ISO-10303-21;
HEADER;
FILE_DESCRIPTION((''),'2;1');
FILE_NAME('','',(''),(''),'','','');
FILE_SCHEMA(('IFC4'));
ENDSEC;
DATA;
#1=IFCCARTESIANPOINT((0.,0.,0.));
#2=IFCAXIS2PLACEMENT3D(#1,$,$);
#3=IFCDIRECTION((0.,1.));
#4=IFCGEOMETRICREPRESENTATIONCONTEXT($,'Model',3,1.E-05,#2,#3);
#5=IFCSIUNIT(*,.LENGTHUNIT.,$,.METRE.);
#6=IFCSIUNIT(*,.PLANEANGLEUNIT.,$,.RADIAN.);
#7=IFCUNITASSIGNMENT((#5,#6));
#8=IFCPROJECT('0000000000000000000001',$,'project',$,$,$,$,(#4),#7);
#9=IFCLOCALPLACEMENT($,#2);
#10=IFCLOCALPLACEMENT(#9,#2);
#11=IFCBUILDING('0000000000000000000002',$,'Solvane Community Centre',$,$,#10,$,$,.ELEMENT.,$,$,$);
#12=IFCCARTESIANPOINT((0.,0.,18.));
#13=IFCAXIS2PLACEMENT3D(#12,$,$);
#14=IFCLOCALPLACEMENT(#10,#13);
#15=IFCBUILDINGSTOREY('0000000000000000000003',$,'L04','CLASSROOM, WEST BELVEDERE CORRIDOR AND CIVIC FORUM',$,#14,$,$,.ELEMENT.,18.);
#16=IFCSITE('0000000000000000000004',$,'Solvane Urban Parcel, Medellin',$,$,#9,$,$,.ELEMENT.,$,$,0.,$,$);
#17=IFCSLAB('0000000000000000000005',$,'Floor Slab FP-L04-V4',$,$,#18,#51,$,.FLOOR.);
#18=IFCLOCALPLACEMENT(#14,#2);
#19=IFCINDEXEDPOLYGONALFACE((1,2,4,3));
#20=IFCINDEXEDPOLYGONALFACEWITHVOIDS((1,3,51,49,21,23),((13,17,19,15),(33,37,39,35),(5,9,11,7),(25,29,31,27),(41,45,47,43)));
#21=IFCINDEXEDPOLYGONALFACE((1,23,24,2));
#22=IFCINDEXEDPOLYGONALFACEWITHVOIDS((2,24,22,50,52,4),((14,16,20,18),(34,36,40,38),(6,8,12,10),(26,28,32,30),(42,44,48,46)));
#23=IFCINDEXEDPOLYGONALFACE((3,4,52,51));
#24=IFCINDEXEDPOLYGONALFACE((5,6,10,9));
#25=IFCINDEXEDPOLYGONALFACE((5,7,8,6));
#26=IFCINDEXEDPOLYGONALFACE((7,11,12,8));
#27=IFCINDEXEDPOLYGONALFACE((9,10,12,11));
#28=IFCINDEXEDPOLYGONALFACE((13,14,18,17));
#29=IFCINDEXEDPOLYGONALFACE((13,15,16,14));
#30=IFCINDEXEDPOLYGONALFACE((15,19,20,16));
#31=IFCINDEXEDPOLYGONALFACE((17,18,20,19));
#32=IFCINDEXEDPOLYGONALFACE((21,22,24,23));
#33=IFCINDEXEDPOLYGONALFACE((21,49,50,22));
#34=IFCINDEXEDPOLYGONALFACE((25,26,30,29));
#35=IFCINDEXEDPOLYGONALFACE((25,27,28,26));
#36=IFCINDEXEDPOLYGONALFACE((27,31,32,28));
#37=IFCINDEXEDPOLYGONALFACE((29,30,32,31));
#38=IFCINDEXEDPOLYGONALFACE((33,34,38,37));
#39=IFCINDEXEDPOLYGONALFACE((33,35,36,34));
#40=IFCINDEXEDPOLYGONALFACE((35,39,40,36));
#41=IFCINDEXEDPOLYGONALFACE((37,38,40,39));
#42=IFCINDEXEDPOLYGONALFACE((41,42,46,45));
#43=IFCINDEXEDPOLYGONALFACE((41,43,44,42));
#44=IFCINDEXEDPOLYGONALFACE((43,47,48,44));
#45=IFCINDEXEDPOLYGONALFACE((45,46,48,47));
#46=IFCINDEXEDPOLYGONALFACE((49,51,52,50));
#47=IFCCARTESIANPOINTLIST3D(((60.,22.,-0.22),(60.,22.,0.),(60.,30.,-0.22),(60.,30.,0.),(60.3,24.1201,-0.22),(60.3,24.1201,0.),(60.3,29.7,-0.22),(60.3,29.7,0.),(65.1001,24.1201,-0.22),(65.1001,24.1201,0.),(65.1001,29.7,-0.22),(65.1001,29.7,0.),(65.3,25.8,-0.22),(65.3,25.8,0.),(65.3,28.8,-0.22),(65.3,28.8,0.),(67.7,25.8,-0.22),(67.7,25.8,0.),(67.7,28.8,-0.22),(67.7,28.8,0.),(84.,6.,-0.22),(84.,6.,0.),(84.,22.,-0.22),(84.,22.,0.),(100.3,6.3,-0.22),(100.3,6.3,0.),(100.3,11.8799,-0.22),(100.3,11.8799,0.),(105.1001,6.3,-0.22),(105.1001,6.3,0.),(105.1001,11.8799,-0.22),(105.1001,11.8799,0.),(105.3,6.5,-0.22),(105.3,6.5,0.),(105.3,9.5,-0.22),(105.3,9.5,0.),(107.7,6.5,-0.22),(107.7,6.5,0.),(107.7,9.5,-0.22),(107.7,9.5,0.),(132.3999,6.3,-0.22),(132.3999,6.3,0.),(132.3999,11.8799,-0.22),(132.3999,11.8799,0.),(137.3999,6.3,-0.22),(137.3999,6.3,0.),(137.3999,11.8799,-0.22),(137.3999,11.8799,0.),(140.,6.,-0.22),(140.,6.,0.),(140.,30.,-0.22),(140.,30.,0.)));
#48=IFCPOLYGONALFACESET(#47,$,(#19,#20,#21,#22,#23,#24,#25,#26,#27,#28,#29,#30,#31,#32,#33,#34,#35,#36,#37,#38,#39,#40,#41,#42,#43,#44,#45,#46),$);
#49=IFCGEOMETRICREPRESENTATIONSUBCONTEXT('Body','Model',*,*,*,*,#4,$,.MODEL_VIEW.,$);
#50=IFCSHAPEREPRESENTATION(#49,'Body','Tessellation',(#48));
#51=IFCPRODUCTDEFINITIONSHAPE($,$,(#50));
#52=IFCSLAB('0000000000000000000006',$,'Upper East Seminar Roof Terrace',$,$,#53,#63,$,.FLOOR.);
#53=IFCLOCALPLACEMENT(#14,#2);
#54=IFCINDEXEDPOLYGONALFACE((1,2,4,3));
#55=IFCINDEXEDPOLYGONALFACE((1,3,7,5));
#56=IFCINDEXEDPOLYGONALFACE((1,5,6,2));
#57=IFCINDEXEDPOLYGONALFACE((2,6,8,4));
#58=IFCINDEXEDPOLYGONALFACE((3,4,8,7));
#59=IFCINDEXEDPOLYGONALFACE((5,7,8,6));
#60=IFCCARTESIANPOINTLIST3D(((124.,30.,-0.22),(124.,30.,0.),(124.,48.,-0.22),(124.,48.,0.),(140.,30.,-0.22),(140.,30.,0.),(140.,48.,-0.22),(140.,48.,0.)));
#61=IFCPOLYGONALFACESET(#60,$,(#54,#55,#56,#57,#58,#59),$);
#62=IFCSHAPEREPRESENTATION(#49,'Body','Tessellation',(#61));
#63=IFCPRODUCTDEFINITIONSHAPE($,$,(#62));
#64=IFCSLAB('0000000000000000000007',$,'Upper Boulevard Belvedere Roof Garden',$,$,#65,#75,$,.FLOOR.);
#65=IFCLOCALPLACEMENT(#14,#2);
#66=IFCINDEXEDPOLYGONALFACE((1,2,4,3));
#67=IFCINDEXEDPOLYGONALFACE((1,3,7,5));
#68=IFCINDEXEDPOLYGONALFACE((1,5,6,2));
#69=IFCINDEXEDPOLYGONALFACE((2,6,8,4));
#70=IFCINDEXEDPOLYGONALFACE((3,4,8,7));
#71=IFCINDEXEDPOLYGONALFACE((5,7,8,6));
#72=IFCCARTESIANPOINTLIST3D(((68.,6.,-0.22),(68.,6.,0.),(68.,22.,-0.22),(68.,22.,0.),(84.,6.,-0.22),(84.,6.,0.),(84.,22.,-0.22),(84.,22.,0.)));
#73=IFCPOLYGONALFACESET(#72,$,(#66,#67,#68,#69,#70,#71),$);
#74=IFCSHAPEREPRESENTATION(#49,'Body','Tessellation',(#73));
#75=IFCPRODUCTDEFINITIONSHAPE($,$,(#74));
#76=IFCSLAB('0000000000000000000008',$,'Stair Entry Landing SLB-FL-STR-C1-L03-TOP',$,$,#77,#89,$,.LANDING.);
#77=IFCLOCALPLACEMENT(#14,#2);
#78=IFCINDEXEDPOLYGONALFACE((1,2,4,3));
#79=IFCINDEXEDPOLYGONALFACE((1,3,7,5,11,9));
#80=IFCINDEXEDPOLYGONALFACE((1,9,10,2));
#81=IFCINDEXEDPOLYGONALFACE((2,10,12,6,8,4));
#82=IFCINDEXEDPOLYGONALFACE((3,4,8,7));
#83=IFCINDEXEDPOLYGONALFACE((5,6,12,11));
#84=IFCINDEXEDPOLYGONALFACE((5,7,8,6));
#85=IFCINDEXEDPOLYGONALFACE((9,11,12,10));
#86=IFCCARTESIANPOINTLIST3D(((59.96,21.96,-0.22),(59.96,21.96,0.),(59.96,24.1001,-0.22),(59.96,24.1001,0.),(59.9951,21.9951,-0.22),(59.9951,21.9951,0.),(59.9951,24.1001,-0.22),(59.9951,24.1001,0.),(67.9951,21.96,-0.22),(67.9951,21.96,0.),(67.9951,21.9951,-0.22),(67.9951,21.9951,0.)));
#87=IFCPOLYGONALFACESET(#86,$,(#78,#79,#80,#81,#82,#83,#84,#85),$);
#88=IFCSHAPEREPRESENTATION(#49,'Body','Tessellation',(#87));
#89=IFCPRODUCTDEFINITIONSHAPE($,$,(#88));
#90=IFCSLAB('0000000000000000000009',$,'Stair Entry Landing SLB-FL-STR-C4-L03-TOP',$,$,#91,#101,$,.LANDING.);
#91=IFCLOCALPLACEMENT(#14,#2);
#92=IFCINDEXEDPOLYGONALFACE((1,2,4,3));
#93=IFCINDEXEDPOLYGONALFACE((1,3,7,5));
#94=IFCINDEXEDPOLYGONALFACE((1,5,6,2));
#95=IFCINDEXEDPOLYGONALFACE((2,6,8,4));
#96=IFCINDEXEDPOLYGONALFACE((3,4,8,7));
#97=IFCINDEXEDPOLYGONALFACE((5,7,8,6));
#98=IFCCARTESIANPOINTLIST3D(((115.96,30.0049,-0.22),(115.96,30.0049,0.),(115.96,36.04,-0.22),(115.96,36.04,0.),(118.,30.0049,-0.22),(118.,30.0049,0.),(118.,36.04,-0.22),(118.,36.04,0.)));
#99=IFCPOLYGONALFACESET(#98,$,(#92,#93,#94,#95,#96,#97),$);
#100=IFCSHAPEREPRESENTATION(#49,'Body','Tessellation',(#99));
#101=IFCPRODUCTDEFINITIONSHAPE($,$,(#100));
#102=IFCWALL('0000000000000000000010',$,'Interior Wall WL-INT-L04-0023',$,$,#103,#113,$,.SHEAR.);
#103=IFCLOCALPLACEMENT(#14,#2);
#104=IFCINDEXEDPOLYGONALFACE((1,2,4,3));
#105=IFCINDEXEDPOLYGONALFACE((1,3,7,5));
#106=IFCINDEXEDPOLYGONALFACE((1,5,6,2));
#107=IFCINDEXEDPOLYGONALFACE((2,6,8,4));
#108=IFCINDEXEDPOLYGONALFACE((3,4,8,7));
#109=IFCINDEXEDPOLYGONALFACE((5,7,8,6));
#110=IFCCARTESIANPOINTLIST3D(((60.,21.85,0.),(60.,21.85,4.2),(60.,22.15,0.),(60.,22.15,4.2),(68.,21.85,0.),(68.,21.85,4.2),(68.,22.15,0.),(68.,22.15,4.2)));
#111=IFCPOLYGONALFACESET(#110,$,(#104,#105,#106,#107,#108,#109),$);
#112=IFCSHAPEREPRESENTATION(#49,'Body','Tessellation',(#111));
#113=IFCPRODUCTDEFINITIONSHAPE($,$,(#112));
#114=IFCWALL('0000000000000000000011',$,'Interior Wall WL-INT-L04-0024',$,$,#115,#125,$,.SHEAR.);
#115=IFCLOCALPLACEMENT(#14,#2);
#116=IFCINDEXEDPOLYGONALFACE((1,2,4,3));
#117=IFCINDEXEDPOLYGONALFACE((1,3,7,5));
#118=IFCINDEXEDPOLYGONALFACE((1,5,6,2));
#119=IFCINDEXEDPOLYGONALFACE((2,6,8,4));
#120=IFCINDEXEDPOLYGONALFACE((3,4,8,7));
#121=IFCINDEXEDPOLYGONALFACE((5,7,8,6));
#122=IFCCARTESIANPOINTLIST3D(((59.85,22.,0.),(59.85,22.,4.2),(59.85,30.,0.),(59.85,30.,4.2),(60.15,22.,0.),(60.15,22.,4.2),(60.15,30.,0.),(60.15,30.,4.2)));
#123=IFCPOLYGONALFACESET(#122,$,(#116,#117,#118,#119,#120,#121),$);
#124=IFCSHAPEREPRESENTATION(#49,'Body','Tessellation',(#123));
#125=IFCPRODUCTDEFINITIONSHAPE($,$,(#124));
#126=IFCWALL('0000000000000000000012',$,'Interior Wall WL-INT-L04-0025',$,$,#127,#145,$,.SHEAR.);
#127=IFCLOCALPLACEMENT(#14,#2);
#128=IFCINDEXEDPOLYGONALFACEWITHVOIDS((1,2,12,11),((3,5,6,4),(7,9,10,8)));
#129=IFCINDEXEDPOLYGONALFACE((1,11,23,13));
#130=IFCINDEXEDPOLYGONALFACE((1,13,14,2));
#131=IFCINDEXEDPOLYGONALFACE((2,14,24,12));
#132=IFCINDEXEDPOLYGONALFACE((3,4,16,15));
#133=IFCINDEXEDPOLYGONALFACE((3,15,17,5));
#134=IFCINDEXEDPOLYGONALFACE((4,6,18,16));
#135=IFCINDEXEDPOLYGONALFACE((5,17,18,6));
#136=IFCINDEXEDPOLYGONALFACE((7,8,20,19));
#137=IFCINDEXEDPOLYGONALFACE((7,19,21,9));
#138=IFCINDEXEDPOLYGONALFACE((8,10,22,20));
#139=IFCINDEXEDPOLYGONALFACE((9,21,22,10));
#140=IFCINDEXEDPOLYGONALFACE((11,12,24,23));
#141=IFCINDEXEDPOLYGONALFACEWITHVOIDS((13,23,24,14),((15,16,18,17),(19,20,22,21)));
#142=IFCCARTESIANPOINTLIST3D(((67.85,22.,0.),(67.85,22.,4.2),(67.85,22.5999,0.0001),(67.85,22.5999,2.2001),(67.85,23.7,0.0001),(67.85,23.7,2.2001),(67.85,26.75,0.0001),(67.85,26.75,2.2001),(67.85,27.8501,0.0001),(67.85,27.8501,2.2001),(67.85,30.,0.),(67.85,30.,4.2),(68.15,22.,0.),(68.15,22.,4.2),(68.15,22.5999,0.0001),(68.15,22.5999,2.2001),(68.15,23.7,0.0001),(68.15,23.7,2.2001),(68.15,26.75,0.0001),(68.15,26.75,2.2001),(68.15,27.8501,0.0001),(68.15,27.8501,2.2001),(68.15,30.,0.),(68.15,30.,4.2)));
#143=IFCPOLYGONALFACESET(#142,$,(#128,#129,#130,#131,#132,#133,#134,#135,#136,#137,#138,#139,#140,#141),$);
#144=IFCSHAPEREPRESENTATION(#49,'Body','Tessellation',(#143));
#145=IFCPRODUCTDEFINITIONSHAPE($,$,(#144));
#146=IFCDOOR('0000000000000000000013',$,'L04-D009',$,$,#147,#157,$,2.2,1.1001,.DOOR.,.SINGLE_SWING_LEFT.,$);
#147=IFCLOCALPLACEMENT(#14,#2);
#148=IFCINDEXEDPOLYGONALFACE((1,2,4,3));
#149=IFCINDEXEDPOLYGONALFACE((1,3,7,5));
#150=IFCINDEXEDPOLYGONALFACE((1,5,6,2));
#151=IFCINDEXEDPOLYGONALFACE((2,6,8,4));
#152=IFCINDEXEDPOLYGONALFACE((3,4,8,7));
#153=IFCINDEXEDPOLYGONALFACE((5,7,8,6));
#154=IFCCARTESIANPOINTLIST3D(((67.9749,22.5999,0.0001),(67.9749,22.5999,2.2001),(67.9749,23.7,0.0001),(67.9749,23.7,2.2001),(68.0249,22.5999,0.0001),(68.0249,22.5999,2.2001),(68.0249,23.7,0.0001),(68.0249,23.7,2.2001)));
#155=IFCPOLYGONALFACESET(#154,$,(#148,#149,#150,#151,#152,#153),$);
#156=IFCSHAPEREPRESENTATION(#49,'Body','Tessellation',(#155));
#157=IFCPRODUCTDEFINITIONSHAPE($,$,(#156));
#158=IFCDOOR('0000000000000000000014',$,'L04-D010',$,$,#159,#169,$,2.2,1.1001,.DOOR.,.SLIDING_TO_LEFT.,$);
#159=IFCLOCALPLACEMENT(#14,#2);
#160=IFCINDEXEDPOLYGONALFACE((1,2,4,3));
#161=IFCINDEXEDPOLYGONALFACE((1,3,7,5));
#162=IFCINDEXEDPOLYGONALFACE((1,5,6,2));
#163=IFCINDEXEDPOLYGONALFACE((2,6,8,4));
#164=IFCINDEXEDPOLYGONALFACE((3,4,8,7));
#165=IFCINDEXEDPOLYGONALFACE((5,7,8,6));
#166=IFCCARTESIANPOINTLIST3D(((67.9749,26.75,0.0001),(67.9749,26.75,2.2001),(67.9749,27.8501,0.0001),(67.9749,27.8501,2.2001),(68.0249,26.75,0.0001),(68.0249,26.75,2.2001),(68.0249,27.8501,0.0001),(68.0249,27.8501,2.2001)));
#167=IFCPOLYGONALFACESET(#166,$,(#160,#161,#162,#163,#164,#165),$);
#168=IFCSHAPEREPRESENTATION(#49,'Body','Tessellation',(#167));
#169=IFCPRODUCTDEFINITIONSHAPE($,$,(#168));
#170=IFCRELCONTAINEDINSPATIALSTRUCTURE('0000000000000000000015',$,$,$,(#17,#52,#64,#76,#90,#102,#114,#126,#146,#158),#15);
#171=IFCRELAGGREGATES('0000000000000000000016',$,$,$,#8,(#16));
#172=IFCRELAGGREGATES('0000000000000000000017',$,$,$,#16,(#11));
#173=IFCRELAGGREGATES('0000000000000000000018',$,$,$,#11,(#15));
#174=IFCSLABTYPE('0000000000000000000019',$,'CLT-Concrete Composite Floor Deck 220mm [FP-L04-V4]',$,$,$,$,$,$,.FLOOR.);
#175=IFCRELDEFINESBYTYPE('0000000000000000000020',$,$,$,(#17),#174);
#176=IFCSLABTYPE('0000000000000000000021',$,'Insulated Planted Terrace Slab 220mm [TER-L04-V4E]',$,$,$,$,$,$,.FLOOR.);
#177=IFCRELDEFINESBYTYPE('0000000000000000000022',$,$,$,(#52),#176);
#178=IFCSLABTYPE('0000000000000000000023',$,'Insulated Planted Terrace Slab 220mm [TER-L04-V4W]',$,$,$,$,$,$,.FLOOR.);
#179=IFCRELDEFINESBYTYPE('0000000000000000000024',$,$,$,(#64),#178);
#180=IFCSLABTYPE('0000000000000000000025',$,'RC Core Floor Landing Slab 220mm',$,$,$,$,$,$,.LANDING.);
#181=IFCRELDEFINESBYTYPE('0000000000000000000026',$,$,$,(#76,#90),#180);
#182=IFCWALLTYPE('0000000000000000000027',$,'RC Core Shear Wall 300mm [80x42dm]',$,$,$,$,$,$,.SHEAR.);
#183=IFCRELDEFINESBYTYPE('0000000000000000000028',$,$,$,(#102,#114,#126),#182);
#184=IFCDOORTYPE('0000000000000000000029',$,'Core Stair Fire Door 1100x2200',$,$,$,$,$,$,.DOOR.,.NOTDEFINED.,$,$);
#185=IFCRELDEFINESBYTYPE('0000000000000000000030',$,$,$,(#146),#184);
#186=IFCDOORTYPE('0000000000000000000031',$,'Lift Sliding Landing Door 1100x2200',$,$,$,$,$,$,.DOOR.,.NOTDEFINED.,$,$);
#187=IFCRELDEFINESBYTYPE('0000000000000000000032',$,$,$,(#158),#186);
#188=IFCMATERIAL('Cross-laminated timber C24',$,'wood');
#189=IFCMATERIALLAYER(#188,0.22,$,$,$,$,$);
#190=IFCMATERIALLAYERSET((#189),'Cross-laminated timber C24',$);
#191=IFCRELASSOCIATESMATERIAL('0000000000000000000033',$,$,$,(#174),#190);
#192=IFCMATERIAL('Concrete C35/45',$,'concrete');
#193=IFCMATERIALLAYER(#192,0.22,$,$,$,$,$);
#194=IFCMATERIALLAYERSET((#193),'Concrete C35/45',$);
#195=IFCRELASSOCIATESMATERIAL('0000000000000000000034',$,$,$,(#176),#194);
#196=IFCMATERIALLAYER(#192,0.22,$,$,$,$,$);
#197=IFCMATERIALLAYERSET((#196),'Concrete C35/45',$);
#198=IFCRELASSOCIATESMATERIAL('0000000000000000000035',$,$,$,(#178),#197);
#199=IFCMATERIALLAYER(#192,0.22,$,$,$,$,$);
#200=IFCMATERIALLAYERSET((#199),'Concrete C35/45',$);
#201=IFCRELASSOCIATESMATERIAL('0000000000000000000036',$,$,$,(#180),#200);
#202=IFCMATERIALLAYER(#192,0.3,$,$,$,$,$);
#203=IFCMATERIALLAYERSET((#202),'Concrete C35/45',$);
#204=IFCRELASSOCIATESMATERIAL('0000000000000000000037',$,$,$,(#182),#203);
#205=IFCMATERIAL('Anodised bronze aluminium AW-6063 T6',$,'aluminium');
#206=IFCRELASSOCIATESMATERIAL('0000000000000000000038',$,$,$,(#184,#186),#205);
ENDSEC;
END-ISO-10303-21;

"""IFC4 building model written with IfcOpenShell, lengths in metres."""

from ifc_helpers import new_model, si_unit, direction, frame, frame_2d, origin, place, context, subcontext, project, spatial, polyline, rectangle, outline, extrude, material, layer, layer_set, type_object, element, fill, save


model = new_model("IFC4")

# Units and contexts
model_context = context("Model", 3, precision=1e-05, world=origin(), true_north=direction((0.0, 1.0)))
body_context = subcontext(model_context, "Body", "Model", "MODEL_VIEW")
ifc_project = project(units=[si_unit("LENGTHUNIT", "METRE"), si_unit("PLANEANGLEUNIT", "RADIAN")], contexts=[model_context])

# Site, building, storey
site_placement = place(None, origin())
site = spatial("IfcSite", under=ifc_project, at=site_placement, Name="Solvane Urban Parcel, Medellin", CompositionType="ELEMENT", RefElevation=0.0)
building_placement = place(site_placement, origin())
building = spatial("IfcBuilding", under=site, at=building_placement, Name="Solvane Community Centre", CompositionType="ELEMENT")
storey_placement = place(building_placement, frame((0.0, 0.0, 18.0)))
storey = spatial("IfcBuildingStorey", under=building, at=storey_placement, Name="L04", Description="CLASSROOM, WEST BELVEDERE CORRIDOR AND CIVIC FORUM", CompositionType="ELEMENT", Elevation=18.0)

# Shared definitions
ifc_material_1 = material(Name="Concrete C35/45", Category="concrete")

# Slabs
ifc_material_2 = material(Name="Cross-laminated timber C24", Category="wood")
ifc_layer_1 = layer(ifc_material_2, 0.22)
ifc_layer_set_1 = layer_set([ifc_layer_1], Name="Cross-laminated timber C24")
slab_type_1 = type_object("IfcSlabType", Name="CLT-Concrete Composite Floor Deck 220mm [FP-L04-V4]", PredefinedType="FLOOR", material=ifc_layer_set_1)
slab_1_placement = place(storey_placement, frame((0.0, 0.0, -0.22)))
element("IfcSlab", 1, at=slab_1_placement, inside=storey, type_object=slab_type_1, Name="Floor Slab FP-L04-V4", PredefinedType="FLOOR", context=body_context, shape_type="SweptSolid", body=[
    extrude(outline(polyline([(60.0, 22.0), (84.0, 22.0), (84.0, 6.0), (140.0, 6.0), (140.0, 30.0), (60.0, 30.0), (60.0, 22.0)]), holes=[polyline([(60.3, 24.1201), (65.1001, 24.1201), (65.1001, 29.7), (60.3, 29.7), (60.3, 24.1201)]), polyline([(65.3, 25.8), (67.7, 25.8), (67.7, 28.8), (65.3, 28.8), (65.3, 25.8)]), polyline([(100.3, 6.3), (105.1001, 6.3), (105.1001, 11.8799), (100.3, 11.8799), (100.3, 6.3)]), polyline([(105.3, 6.5), (107.7, 6.5), (107.7, 9.5), (105.3, 9.5), (105.3, 6.5)]), polyline([(132.3999, 6.3), (137.3999, 6.3), (137.3999, 11.8799), (132.3999, 11.8799), (132.3999, 6.3)])]), origin(), (0.0, 0.0, 1.0), 0.22),
])
ifc_layer_2 = layer(ifc_material_1, 0.22)
ifc_layer_set_2 = layer_set([ifc_layer_2], Name="Concrete C35/45")
slab_type_2 = type_object("IfcSlabType", Name="Insulated Planted Terrace Slab 220mm [TER-L04-V4E]", PredefinedType="FLOOR", material=ifc_layer_set_2)
slab_2_placement = place(storey_placement, frame((0.0, 0.0, -0.22)))
element("IfcSlab", 2, at=slab_2_placement, inside=storey, type_object=slab_type_2, Name="Upper East Seminar Roof Terrace", PredefinedType="FLOOR", context=body_context, shape_type="SweptSolid", body=[
    extrude(outline(polyline([(124.0, 30.0), (140.0, 30.0), (140.0, 48.0), (124.0, 48.0), (124.0, 30.0)])), origin(), (0.0, 0.0, 1.0), 0.22),
])
ifc_layer_3 = layer(ifc_material_1, 0.22)
ifc_layer_set_3 = layer_set([ifc_layer_3], Name="Concrete C35/45")
slab_type_3 = type_object("IfcSlabType", Name="Insulated Planted Terrace Slab 220mm [TER-L04-V4W]", PredefinedType="FLOOR", material=ifc_layer_set_3)
slab_3_placement = place(storey_placement, frame((0.0, 0.0, -0.22)))
element("IfcSlab", 3, at=slab_3_placement, inside=storey, type_object=slab_type_3, Name="Upper Boulevard Belvedere Roof Garden", PredefinedType="FLOOR", context=body_context, shape_type="SweptSolid", body=[
    extrude(outline(polyline([(68.0, 6.0), (84.0, 6.0), (84.0, 22.0), (68.0, 22.0), (68.0, 6.0)])), origin(), (0.0, 0.0, 1.0), 0.22),
])
ifc_layer_4 = layer(ifc_material_1, 0.22)
ifc_layer_set_4 = layer_set([ifc_layer_4], Name="Concrete C35/45")
slab_type_4 = type_object("IfcSlabType", Name="RC Core Floor Landing Slab 220mm", PredefinedType="LANDING", material=ifc_layer_set_4)
slab_4_placement = place(storey_placement, frame((0.0, 0.0, -0.22)))
element("IfcSlab", 4, at=slab_4_placement, inside=storey, type_object=slab_type_4, Name="Stair Entry Landing SLB-FL-STR-C1-L03-TOP", PredefinedType="LANDING", context=body_context, shape_type="SweptSolid", body=[
    extrude(outline(polyline([(59.96, 21.96), (59.96, 24.1001), (59.9951, 24.1001), (59.9951, 21.9951), (67.9951, 21.9951), (67.9951, 21.96), (59.96, 21.96)])), origin(), (0.0, 0.0, 1.0), 0.22),
])
slab_5_placement = place(storey_placement, frame((0.0, 0.0, -0.22)))
element("IfcSlab", 5, at=slab_5_placement, inside=storey, type_object=slab_type_4, Name="Stair Entry Landing SLB-FL-STR-C4-L03-TOP", PredefinedType="LANDING", context=body_context, shape_type="SweptSolid", body=[
    extrude(outline(polyline([(115.96, 36.04), (118.0, 36.04), (118.0, 30.0049), (115.96, 30.0049), (115.96, 36.04)])), origin(), (0.0, 0.0, 1.0), 0.22),
])

# Walls
ifc_layer_5 = layer(ifc_material_1, 0.3)
ifc_layer_set_5 = layer_set([ifc_layer_5], Name="Concrete C35/45")
wall_type_1 = type_object("IfcWallType", Name="RC Core Shear Wall 300mm [80x42dm]", PredefinedType="SHEAR", material=ifc_layer_set_5)
for number, where, z_axis, x_axis, name in (
    (6, (68.0, 22.0, 0.0), (0.0, 0.0, 1.0), (-1.0, 0.0, 0.0), "Interior Wall WL-INT-L04-0023"),
    (7, (60.0, 22.0, 0.0), (0.0, 0.0, 1.0), (0.0, 1.0, 0.0), "Interior Wall WL-INT-L04-0024"),
):
    element("IfcWall", number, at=place(storey_placement, frame(where, z_axis=z_axis, x_axis=x_axis)), inside=storey, type_object=wall_type_1, Name=name, PredefinedType="SHEAR", context=body_context, shape_type="SweptSolid", body=[
        extrude(rectangle(XDim=8.0, YDim=0.3, at=frame_2d((4.0, 0.0))), origin(), (0.0, 0.0, 1.0), 4.2),
    ])

# Wall, openings, doors
wall_1_placement = place(storey_placement, frame((68.0, 30.0, 0.0), z_axis=(0.0, 0.0, 1.0), x_axis=(0.0, -1.0, 0.0)))
wall_1 = element("IfcWall", 8, at=wall_1_placement, inside=storey, type_object=wall_type_1, Name="Interior Wall WL-INT-L04-0025", PredefinedType="SHEAR", context=body_context, shape_type="SweptSolid", body=[
    extrude(rectangle(XDim=8.0, YDim=0.3, at=frame_2d((4.0, 0.0))), origin(), (0.0, 0.0, 1.0), 4.2),
])
opening_1_placement = place(wall_1_placement, frame((6.3, 0.0, 0.0)))
opening_1 = element("IfcOpeningElement", 9, at=opening_1_placement, cuts=wall_1, PredefinedType="OPENING", context=body_context, shape_type="SweptSolid", body=[
    extrude(rectangle(XDim=1.1001, YDim=2.2, at=frame_2d((0.55, 1.1001))), frame((0.0, 0.1599, 0.0), z_axis=(0.0, -1.0, 0.0), x_axis=(1.0, 0.0, 0.0)), (0.0, 0.0, 1.0), 0.3201),
])
opening_2_placement = place(wall_1_placement, frame((2.1499, 0.0, 0.0)))
opening_2 = element("IfcOpeningElement", 10, at=opening_2_placement, cuts=wall_1, PredefinedType="OPENING", context=body_context, shape_type="SweptSolid", body=[
    extrude(rectangle(XDim=1.1001, YDim=2.2, at=frame_2d((0.55, 1.1001))), frame((0.0, 0.1599, 0.0), z_axis=(0.0, -1.0, 0.0), x_axis=(1.0, 0.0, 0.0)), (0.0, 0.0, 1.0), 0.3201),
])
ifc_material_3 = material(Name="Anodised bronze aluminium AW-6063 T6", Category="aluminium")
door_type_1 = type_object("IfcDoorType", Name="Core Stair Fire Door 1100x2200", OperationType="NOTDEFINED", PredefinedType="DOOR", material=ifc_material_3)
door_1_placement = place(opening_1_placement, origin())
door_1 = element("IfcDoor", 11, at=door_1_placement, inside=storey, type_object=door_type_1, Name="L04-D009", OperationType="SINGLE_SWING_LEFT", OverallHeight=2.2, OverallWidth=1.1001, PredefinedType="DOOR", context=body_context, shape_type="SweptSolid", body=[
    extrude(rectangle(XDim=1.1001, YDim=2.2, at=frame_2d((0.55, 1.1001))), frame((0.0, 0.0249, 0.0), z_axis=(0.0, -1.0, 0.0), x_axis=(1.0, 0.0, 0.0)), (0.0, 0.0, 1.0), 0.05),
])
fill(opening_1, door_1)
door_type_2 = type_object("IfcDoorType", Name="Lift Sliding Landing Door 1100x2200", OperationType="NOTDEFINED", PredefinedType="DOOR", material=ifc_material_3)
door_2_placement = place(opening_2_placement, origin())
door_2 = element("IfcDoor", 12, at=door_2_placement, inside=storey, type_object=door_type_2, Name="L04-D010", OperationType="SLIDING_TO_LEFT", OverallHeight=2.2, OverallWidth=1.1001, PredefinedType="DOOR", context=body_context, shape_type="SweptSolid", body=[
    extrude(rectangle(XDim=1.1001, YDim=2.2, at=frame_2d((0.55, 1.1001))), frame((0.0, 0.0249, 0.0), z_axis=(0.0, -1.0, 0.0), x_axis=(1.0, 0.0, 0.0)), (0.0, 0.0, 1.0), 0.05),
])
fill(opening_2, door_2)

save(model, "model.ifc")
